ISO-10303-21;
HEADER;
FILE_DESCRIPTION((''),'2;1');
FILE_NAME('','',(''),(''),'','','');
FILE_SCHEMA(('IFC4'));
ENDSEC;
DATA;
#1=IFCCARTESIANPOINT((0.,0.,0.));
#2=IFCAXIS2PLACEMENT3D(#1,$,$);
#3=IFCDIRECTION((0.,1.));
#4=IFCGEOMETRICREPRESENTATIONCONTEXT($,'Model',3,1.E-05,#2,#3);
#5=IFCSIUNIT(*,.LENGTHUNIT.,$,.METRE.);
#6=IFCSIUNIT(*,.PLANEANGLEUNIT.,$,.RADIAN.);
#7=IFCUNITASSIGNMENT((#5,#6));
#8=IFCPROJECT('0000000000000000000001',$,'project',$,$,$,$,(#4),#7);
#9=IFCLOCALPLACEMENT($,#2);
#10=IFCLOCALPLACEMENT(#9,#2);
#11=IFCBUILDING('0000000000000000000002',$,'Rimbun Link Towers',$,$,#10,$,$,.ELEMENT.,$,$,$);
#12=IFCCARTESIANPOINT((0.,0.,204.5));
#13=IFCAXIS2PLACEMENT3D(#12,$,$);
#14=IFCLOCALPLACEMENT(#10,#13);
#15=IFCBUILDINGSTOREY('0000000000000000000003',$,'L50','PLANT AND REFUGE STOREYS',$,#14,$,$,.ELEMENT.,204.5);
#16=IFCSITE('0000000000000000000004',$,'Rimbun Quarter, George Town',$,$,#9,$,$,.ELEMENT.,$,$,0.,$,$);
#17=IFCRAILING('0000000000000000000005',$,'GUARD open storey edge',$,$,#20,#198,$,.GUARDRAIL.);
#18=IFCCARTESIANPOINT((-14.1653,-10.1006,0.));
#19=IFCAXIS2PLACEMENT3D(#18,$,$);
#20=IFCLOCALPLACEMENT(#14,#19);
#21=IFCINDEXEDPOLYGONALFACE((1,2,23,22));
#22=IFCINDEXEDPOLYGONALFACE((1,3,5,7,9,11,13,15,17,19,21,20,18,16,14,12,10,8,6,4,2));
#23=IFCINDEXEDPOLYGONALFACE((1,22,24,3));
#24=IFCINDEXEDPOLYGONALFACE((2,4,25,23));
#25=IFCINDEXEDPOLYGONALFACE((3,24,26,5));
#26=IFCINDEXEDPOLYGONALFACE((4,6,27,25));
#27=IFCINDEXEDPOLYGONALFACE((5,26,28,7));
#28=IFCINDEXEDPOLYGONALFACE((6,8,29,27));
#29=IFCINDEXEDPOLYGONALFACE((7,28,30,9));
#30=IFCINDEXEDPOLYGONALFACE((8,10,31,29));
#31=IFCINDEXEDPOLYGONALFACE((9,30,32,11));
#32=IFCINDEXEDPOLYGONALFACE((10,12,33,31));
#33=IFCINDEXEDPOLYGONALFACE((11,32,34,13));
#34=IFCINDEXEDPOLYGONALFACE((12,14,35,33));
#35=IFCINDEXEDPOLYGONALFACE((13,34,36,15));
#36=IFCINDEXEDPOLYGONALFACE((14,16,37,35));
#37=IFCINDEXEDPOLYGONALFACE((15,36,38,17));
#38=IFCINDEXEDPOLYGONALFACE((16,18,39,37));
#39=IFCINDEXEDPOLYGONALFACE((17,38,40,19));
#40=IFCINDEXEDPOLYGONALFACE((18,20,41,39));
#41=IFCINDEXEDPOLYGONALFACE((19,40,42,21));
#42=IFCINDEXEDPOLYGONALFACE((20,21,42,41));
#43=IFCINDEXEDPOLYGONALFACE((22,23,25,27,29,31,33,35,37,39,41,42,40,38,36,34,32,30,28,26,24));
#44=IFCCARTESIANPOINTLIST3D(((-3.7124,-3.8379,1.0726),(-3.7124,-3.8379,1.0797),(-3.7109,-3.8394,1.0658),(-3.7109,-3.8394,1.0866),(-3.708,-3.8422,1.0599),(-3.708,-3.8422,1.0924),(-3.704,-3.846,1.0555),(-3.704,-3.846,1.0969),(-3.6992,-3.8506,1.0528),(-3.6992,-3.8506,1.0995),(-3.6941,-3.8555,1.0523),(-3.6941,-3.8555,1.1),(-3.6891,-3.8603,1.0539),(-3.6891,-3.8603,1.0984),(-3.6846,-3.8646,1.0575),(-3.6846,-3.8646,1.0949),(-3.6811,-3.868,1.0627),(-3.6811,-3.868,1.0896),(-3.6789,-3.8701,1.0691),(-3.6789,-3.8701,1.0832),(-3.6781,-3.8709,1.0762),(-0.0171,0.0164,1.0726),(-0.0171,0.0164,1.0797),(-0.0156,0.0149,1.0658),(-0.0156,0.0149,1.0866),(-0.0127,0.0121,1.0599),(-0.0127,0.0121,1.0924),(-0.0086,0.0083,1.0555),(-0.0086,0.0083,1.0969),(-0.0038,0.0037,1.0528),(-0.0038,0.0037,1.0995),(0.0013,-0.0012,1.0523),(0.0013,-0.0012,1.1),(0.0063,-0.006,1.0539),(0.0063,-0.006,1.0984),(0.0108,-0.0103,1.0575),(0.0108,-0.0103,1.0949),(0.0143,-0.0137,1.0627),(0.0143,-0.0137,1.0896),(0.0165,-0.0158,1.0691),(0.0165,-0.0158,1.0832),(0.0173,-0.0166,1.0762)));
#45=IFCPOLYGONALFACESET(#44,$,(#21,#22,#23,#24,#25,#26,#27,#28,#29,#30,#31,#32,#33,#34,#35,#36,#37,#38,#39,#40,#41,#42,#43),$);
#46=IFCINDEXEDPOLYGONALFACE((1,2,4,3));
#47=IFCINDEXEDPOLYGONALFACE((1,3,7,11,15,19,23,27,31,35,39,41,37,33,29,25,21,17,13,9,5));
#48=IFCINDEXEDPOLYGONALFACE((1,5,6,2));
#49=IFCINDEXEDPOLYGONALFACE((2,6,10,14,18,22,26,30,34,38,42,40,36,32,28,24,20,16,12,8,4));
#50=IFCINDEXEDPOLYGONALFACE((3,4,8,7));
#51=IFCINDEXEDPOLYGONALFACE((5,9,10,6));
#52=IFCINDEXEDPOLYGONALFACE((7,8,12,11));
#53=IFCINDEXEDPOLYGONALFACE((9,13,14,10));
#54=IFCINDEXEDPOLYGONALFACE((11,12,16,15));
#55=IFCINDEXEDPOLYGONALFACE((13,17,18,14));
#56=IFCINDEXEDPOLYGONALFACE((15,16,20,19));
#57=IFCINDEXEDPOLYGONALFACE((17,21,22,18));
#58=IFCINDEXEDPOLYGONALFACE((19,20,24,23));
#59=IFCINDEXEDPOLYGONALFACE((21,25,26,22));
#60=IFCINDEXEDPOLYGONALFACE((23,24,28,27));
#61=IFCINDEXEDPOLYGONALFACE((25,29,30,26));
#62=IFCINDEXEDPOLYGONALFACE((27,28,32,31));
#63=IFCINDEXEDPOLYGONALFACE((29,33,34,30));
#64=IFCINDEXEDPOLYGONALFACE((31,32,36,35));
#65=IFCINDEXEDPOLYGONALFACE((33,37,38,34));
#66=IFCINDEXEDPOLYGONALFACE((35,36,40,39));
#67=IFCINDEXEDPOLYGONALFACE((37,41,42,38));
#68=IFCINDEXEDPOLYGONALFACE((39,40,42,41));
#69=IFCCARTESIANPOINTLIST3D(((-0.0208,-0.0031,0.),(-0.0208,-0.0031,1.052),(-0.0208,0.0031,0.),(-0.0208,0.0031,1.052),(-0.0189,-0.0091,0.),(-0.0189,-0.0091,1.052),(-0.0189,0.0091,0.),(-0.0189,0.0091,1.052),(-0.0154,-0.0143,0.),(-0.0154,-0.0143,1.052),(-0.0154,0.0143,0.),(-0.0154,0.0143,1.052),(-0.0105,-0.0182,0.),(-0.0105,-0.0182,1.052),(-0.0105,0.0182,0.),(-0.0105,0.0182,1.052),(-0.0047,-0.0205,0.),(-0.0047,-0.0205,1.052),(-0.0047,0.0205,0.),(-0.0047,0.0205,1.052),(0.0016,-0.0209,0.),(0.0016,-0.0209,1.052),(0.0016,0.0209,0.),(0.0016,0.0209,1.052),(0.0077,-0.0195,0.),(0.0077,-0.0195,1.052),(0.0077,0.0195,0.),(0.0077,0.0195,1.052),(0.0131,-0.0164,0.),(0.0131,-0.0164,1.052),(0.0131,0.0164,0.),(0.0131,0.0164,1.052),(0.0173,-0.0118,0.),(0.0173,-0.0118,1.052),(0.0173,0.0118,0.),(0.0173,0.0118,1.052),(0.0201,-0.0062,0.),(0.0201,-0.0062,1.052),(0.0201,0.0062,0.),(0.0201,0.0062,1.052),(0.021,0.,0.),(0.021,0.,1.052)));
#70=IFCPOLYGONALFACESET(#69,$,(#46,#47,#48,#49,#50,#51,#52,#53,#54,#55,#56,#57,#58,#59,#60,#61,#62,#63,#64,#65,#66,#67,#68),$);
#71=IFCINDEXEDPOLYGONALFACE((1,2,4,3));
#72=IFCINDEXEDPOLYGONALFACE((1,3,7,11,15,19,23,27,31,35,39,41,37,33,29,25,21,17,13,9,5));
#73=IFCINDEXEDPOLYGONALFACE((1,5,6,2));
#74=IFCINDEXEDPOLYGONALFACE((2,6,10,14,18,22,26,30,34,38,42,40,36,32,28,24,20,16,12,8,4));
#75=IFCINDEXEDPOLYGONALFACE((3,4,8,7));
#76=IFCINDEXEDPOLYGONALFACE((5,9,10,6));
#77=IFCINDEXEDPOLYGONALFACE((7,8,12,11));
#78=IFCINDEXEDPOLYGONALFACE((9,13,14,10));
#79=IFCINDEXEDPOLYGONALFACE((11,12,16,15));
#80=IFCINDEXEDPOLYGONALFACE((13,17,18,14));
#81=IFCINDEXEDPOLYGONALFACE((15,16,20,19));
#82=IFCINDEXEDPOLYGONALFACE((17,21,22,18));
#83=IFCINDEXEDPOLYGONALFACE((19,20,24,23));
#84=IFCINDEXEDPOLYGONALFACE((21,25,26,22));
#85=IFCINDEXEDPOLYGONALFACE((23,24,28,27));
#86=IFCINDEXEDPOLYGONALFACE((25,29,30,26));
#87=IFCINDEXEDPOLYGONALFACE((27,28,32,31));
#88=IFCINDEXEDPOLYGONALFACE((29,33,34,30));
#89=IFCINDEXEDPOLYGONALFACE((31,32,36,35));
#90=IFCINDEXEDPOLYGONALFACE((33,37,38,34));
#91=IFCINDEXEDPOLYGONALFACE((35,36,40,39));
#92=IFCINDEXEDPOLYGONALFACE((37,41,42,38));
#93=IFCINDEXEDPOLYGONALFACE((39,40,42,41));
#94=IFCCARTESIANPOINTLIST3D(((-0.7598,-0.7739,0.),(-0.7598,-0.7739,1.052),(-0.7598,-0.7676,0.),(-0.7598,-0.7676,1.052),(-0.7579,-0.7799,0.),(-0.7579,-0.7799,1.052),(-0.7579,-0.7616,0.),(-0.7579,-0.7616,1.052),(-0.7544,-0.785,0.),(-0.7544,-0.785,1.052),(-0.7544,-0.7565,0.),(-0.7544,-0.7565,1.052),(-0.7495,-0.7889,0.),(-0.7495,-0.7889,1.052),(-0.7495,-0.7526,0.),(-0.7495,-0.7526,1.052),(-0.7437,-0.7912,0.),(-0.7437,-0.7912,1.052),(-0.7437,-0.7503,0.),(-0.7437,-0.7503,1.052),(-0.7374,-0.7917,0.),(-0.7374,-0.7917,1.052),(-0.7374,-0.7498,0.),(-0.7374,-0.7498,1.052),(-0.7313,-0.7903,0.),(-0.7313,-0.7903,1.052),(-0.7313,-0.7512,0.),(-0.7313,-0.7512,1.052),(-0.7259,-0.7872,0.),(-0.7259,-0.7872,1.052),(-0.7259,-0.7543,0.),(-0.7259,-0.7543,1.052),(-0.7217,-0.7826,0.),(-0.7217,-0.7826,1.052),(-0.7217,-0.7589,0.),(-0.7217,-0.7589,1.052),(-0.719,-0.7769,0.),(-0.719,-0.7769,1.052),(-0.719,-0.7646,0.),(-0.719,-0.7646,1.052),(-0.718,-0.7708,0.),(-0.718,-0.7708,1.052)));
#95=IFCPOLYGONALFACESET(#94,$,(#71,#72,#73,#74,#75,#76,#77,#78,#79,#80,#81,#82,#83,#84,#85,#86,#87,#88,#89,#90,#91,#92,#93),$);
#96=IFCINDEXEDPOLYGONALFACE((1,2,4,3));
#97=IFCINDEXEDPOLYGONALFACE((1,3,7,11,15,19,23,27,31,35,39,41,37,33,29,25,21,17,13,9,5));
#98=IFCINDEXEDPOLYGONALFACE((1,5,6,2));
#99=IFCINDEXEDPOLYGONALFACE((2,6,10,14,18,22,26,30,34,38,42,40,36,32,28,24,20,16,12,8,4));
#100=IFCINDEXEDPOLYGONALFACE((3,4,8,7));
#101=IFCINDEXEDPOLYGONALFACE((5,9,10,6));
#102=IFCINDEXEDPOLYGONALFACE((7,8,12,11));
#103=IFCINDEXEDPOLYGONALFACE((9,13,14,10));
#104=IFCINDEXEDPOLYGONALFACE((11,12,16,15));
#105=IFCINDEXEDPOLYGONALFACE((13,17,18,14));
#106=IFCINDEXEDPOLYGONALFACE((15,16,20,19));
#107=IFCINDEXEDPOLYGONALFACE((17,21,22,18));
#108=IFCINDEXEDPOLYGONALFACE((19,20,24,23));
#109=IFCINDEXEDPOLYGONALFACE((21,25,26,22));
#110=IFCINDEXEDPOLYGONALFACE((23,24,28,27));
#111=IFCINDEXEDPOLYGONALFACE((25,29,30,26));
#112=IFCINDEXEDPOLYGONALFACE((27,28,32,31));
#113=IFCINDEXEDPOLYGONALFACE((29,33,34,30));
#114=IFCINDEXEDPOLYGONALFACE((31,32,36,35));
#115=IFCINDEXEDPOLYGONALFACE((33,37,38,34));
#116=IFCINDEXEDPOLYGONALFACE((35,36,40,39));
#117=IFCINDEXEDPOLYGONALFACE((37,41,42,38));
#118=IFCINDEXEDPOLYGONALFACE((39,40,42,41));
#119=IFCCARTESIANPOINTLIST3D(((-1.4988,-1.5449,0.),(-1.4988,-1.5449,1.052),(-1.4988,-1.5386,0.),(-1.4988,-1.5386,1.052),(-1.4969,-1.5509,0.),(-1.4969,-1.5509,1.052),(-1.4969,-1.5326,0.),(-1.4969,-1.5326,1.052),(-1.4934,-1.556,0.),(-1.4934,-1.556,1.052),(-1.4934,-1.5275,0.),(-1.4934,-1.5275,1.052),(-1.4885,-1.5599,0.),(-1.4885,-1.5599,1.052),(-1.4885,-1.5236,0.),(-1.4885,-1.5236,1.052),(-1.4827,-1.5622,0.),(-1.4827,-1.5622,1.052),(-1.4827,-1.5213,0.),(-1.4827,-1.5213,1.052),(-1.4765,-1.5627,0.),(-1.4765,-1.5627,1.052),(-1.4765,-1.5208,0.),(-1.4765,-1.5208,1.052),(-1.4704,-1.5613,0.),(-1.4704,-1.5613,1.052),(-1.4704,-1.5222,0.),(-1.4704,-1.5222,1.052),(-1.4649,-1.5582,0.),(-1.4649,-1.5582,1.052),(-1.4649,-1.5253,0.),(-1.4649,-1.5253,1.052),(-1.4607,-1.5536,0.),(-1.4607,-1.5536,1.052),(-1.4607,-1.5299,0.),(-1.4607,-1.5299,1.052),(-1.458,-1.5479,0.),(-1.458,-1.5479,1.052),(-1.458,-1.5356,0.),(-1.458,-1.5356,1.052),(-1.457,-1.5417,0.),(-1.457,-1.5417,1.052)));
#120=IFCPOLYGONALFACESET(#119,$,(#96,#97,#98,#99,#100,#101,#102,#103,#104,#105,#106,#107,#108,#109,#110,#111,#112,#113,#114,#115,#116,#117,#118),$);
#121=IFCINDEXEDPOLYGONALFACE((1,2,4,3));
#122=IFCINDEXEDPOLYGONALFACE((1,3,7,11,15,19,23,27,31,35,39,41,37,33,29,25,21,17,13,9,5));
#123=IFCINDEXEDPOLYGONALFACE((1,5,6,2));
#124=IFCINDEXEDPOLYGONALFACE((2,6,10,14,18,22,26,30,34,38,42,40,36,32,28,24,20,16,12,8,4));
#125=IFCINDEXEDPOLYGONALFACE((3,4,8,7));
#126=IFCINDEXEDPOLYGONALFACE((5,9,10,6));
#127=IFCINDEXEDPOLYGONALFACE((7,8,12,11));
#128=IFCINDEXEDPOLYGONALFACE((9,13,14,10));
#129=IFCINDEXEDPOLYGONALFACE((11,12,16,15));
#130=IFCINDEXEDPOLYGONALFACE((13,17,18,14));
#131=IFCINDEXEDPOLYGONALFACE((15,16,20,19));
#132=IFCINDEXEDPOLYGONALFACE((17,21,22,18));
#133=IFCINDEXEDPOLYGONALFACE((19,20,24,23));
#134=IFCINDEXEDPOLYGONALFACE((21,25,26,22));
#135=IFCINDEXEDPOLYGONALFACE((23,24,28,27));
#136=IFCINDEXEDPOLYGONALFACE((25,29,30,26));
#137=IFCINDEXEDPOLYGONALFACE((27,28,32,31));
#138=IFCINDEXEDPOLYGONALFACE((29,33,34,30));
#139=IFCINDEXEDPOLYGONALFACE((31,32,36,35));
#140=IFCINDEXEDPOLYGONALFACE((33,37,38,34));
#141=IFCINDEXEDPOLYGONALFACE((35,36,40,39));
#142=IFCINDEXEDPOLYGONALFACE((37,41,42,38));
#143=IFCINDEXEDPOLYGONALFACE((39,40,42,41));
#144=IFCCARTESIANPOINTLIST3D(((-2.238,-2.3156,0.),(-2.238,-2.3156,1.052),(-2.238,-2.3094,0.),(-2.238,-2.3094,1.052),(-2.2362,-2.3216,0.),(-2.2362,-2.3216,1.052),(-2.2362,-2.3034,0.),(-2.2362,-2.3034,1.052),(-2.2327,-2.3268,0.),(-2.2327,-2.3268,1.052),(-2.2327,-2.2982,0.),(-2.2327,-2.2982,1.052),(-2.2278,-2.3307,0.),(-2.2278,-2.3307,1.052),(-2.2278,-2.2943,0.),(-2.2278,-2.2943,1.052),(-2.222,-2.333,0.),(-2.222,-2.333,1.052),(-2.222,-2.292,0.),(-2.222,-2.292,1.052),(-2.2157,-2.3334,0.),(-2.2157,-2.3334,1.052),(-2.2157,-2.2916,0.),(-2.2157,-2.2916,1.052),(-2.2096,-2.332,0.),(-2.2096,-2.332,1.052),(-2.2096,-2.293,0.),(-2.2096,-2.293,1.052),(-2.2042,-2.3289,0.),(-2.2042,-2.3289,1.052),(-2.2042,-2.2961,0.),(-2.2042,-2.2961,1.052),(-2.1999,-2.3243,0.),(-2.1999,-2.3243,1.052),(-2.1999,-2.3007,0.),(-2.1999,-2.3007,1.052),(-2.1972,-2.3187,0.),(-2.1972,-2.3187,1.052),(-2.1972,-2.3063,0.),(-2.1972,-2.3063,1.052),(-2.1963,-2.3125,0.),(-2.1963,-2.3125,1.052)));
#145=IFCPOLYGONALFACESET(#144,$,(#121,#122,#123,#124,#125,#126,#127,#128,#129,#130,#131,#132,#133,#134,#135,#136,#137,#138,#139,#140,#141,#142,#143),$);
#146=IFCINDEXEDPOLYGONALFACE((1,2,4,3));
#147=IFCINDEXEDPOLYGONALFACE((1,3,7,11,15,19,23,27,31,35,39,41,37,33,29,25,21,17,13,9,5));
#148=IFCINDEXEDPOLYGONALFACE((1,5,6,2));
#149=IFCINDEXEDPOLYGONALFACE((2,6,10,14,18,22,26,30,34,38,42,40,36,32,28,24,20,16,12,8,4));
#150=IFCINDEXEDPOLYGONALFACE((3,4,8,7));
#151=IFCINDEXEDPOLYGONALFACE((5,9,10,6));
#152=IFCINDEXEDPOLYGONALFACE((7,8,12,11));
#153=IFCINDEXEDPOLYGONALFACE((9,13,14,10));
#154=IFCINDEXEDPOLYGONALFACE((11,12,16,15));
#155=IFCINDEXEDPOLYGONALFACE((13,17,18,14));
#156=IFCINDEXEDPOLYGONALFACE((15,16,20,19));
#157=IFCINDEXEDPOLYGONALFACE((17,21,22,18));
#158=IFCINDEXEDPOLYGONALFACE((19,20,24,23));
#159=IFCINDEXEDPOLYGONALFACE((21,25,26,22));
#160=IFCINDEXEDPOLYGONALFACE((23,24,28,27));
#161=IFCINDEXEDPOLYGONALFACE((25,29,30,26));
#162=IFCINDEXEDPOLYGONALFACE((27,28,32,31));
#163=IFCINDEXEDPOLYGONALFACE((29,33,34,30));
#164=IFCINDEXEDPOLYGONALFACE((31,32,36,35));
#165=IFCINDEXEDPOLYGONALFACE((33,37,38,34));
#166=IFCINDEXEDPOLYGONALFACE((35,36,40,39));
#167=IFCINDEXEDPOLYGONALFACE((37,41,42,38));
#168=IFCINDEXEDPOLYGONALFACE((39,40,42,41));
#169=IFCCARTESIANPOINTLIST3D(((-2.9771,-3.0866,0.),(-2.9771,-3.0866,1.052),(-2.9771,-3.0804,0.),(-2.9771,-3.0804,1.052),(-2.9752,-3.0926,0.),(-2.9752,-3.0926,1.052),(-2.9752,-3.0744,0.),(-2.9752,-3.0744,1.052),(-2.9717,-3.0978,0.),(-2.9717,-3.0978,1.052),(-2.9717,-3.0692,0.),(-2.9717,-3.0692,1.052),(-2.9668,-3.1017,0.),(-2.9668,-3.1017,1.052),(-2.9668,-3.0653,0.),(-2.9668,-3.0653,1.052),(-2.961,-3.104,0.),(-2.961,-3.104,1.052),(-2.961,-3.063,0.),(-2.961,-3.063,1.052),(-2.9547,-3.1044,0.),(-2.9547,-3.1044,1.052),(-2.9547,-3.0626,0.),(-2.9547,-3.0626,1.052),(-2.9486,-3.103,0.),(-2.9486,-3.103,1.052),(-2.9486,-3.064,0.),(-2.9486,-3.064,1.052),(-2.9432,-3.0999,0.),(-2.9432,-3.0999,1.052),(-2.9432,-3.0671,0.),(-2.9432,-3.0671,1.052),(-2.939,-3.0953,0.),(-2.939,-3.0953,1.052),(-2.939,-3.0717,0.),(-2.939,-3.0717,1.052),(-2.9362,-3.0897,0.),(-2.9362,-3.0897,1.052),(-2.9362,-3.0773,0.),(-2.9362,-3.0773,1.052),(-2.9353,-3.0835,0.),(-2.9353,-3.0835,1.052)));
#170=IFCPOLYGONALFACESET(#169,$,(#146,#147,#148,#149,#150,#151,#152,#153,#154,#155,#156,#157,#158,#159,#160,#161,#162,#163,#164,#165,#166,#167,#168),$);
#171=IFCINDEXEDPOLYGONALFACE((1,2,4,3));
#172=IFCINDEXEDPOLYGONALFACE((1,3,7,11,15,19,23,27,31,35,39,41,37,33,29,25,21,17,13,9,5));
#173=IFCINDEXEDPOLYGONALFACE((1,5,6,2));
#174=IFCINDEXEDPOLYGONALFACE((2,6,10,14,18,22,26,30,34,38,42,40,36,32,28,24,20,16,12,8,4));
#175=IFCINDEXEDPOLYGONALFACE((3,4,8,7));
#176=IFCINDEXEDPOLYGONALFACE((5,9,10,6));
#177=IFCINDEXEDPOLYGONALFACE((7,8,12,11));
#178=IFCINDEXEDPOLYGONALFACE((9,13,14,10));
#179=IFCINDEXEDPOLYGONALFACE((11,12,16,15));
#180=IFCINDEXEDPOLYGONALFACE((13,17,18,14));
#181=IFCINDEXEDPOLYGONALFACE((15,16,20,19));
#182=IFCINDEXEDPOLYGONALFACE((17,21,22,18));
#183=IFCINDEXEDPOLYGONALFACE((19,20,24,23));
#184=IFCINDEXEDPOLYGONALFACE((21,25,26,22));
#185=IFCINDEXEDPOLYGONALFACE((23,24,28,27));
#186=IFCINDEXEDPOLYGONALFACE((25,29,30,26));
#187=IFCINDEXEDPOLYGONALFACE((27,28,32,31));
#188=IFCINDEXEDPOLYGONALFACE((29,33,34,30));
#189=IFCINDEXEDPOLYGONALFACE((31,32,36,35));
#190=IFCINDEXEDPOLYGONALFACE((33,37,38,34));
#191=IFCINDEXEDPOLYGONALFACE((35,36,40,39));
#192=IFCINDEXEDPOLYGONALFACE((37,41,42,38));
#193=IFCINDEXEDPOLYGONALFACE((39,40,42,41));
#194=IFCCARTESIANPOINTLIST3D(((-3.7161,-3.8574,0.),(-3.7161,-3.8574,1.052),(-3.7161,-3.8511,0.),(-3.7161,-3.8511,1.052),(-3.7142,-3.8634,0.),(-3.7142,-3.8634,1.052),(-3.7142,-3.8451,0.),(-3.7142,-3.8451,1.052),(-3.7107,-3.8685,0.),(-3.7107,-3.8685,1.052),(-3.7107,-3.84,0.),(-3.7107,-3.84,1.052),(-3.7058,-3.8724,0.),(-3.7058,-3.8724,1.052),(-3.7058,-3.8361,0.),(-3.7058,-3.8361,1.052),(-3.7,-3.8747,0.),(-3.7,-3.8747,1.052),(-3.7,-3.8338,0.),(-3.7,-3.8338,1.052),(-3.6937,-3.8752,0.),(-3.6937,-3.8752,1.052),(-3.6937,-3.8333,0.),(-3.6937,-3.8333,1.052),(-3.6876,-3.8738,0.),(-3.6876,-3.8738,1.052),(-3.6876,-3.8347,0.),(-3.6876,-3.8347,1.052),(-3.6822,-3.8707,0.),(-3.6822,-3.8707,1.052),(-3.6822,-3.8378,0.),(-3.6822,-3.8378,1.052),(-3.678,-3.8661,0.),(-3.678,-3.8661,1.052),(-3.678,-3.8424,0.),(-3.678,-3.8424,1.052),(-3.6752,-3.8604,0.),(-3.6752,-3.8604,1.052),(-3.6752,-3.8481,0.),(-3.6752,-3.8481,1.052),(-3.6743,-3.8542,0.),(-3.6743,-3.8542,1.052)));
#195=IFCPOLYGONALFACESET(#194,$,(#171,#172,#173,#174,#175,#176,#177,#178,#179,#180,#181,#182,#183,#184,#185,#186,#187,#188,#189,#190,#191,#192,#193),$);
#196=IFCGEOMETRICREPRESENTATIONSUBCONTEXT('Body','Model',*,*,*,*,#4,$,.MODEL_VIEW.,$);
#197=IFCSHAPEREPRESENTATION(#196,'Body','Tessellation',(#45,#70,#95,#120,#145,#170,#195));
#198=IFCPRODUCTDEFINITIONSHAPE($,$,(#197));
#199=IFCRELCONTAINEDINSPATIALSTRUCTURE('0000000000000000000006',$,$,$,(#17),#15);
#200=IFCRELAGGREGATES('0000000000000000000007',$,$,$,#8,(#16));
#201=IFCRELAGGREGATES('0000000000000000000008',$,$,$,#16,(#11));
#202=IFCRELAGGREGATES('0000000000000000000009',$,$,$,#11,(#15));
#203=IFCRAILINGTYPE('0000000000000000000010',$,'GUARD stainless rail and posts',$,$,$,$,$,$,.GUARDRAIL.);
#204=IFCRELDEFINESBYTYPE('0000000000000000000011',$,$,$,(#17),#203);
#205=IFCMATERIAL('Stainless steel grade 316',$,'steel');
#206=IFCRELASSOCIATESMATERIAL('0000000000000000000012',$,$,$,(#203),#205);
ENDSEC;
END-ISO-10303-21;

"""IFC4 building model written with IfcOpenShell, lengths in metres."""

from ifc_helpers import new_model, si_unit, direction, frame, origin, origin_2d, place, context, subcontext, project, spatial, circle, extrude, material, type_object, element, save


model = new_model("IFC4")

# Units and contexts
model_context = context("Model", 3, precision=1e-05, world=origin(), true_north=direction((0.0, 1.0)))
body_context = subcontext(model_context, "Body", "Model", "MODEL_VIEW")
ifc_project = project(units=[si_unit("LENGTHUNIT", "METRE"), si_unit("PLANEANGLEUNIT", "RADIAN")], contexts=[model_context])

# Site, building, storey
site_placement = place(None, origin())
site = spatial("IfcSite", under=ifc_project, at=site_placement, Name="Rimbun Quarter, George Town", CompositionType="ELEMENT", RefElevation=0.0)
building_placement = place(site_placement, origin())
building = spatial("IfcBuilding", under=site, at=building_placement, Name="Rimbun Link Towers", CompositionType="ELEMENT")
storey_placement = place(building_placement, frame((0.0, 0.0, 204.5)))
storey = spatial("IfcBuildingStorey", under=building, at=storey_placement, Name="L50", Description="PLANT AND REFUGE STOREYS", CompositionType="ELEMENT", Elevation=204.5)

# Railing
ifc_material_1 = material(Name="Stainless steel grade 316", Category="steel")
railing_type = type_object("IfcRailingType", Name="GUARD stainless rail and posts", PredefinedType="GUARDRAIL", material=ifc_material_1)
railing_1_placement = place(storey_placement, frame((-14.1653, -10.1006, 0.0)))
element("IfcRailing", 1, at=railing_1_placement, inside=storey, type_object=railing_type, Name="GUARD open storey edge", PredefinedType="GUARDRAIL", context=body_context, shape_type="SweptSolid", body=[
    extrude(circle(Radius=0.0239, at=origin_2d()), frame((0.0, 0.0, 1.0762), z_axis=(-0.692067, -0.721833, 0.0), x_axis=(0.721833, -0.692067, 0.0)), (0.0, 0.0, 1.0), 5.3396),
    extrude(circle(Radius=0.021, at=origin_2d()), origin(), (0.0, 0.0, 1.0), 1.052),
    extrude(circle(Radius=0.021, at=origin_2d()), frame((-0.739, -0.7708, 0.0)), (0.0, 0.0, 1.0), 1.052),
    extrude(circle(Radius=0.021, at=origin_2d()), frame((-1.478, -1.5417, 0.0)), (0.0, 0.0, 1.0), 1.052),
    extrude(circle(Radius=0.021, at=origin_2d()), frame((-2.2173, -2.3125, 0.0)), (0.0, 0.0, 1.0), 1.052),
    extrude(circle(Radius=0.021, at=origin_2d()), frame((-2.9563, -3.0835, 0.0)), (0.0, 0.0, 1.0), 1.052),
    extrude(circle(Radius=0.021, at=origin_2d()), frame((-3.6953, -3.8542, 0.0)), (0.0, 0.0, 1.0), 1.052),
])

save(model, "model.ifc")
